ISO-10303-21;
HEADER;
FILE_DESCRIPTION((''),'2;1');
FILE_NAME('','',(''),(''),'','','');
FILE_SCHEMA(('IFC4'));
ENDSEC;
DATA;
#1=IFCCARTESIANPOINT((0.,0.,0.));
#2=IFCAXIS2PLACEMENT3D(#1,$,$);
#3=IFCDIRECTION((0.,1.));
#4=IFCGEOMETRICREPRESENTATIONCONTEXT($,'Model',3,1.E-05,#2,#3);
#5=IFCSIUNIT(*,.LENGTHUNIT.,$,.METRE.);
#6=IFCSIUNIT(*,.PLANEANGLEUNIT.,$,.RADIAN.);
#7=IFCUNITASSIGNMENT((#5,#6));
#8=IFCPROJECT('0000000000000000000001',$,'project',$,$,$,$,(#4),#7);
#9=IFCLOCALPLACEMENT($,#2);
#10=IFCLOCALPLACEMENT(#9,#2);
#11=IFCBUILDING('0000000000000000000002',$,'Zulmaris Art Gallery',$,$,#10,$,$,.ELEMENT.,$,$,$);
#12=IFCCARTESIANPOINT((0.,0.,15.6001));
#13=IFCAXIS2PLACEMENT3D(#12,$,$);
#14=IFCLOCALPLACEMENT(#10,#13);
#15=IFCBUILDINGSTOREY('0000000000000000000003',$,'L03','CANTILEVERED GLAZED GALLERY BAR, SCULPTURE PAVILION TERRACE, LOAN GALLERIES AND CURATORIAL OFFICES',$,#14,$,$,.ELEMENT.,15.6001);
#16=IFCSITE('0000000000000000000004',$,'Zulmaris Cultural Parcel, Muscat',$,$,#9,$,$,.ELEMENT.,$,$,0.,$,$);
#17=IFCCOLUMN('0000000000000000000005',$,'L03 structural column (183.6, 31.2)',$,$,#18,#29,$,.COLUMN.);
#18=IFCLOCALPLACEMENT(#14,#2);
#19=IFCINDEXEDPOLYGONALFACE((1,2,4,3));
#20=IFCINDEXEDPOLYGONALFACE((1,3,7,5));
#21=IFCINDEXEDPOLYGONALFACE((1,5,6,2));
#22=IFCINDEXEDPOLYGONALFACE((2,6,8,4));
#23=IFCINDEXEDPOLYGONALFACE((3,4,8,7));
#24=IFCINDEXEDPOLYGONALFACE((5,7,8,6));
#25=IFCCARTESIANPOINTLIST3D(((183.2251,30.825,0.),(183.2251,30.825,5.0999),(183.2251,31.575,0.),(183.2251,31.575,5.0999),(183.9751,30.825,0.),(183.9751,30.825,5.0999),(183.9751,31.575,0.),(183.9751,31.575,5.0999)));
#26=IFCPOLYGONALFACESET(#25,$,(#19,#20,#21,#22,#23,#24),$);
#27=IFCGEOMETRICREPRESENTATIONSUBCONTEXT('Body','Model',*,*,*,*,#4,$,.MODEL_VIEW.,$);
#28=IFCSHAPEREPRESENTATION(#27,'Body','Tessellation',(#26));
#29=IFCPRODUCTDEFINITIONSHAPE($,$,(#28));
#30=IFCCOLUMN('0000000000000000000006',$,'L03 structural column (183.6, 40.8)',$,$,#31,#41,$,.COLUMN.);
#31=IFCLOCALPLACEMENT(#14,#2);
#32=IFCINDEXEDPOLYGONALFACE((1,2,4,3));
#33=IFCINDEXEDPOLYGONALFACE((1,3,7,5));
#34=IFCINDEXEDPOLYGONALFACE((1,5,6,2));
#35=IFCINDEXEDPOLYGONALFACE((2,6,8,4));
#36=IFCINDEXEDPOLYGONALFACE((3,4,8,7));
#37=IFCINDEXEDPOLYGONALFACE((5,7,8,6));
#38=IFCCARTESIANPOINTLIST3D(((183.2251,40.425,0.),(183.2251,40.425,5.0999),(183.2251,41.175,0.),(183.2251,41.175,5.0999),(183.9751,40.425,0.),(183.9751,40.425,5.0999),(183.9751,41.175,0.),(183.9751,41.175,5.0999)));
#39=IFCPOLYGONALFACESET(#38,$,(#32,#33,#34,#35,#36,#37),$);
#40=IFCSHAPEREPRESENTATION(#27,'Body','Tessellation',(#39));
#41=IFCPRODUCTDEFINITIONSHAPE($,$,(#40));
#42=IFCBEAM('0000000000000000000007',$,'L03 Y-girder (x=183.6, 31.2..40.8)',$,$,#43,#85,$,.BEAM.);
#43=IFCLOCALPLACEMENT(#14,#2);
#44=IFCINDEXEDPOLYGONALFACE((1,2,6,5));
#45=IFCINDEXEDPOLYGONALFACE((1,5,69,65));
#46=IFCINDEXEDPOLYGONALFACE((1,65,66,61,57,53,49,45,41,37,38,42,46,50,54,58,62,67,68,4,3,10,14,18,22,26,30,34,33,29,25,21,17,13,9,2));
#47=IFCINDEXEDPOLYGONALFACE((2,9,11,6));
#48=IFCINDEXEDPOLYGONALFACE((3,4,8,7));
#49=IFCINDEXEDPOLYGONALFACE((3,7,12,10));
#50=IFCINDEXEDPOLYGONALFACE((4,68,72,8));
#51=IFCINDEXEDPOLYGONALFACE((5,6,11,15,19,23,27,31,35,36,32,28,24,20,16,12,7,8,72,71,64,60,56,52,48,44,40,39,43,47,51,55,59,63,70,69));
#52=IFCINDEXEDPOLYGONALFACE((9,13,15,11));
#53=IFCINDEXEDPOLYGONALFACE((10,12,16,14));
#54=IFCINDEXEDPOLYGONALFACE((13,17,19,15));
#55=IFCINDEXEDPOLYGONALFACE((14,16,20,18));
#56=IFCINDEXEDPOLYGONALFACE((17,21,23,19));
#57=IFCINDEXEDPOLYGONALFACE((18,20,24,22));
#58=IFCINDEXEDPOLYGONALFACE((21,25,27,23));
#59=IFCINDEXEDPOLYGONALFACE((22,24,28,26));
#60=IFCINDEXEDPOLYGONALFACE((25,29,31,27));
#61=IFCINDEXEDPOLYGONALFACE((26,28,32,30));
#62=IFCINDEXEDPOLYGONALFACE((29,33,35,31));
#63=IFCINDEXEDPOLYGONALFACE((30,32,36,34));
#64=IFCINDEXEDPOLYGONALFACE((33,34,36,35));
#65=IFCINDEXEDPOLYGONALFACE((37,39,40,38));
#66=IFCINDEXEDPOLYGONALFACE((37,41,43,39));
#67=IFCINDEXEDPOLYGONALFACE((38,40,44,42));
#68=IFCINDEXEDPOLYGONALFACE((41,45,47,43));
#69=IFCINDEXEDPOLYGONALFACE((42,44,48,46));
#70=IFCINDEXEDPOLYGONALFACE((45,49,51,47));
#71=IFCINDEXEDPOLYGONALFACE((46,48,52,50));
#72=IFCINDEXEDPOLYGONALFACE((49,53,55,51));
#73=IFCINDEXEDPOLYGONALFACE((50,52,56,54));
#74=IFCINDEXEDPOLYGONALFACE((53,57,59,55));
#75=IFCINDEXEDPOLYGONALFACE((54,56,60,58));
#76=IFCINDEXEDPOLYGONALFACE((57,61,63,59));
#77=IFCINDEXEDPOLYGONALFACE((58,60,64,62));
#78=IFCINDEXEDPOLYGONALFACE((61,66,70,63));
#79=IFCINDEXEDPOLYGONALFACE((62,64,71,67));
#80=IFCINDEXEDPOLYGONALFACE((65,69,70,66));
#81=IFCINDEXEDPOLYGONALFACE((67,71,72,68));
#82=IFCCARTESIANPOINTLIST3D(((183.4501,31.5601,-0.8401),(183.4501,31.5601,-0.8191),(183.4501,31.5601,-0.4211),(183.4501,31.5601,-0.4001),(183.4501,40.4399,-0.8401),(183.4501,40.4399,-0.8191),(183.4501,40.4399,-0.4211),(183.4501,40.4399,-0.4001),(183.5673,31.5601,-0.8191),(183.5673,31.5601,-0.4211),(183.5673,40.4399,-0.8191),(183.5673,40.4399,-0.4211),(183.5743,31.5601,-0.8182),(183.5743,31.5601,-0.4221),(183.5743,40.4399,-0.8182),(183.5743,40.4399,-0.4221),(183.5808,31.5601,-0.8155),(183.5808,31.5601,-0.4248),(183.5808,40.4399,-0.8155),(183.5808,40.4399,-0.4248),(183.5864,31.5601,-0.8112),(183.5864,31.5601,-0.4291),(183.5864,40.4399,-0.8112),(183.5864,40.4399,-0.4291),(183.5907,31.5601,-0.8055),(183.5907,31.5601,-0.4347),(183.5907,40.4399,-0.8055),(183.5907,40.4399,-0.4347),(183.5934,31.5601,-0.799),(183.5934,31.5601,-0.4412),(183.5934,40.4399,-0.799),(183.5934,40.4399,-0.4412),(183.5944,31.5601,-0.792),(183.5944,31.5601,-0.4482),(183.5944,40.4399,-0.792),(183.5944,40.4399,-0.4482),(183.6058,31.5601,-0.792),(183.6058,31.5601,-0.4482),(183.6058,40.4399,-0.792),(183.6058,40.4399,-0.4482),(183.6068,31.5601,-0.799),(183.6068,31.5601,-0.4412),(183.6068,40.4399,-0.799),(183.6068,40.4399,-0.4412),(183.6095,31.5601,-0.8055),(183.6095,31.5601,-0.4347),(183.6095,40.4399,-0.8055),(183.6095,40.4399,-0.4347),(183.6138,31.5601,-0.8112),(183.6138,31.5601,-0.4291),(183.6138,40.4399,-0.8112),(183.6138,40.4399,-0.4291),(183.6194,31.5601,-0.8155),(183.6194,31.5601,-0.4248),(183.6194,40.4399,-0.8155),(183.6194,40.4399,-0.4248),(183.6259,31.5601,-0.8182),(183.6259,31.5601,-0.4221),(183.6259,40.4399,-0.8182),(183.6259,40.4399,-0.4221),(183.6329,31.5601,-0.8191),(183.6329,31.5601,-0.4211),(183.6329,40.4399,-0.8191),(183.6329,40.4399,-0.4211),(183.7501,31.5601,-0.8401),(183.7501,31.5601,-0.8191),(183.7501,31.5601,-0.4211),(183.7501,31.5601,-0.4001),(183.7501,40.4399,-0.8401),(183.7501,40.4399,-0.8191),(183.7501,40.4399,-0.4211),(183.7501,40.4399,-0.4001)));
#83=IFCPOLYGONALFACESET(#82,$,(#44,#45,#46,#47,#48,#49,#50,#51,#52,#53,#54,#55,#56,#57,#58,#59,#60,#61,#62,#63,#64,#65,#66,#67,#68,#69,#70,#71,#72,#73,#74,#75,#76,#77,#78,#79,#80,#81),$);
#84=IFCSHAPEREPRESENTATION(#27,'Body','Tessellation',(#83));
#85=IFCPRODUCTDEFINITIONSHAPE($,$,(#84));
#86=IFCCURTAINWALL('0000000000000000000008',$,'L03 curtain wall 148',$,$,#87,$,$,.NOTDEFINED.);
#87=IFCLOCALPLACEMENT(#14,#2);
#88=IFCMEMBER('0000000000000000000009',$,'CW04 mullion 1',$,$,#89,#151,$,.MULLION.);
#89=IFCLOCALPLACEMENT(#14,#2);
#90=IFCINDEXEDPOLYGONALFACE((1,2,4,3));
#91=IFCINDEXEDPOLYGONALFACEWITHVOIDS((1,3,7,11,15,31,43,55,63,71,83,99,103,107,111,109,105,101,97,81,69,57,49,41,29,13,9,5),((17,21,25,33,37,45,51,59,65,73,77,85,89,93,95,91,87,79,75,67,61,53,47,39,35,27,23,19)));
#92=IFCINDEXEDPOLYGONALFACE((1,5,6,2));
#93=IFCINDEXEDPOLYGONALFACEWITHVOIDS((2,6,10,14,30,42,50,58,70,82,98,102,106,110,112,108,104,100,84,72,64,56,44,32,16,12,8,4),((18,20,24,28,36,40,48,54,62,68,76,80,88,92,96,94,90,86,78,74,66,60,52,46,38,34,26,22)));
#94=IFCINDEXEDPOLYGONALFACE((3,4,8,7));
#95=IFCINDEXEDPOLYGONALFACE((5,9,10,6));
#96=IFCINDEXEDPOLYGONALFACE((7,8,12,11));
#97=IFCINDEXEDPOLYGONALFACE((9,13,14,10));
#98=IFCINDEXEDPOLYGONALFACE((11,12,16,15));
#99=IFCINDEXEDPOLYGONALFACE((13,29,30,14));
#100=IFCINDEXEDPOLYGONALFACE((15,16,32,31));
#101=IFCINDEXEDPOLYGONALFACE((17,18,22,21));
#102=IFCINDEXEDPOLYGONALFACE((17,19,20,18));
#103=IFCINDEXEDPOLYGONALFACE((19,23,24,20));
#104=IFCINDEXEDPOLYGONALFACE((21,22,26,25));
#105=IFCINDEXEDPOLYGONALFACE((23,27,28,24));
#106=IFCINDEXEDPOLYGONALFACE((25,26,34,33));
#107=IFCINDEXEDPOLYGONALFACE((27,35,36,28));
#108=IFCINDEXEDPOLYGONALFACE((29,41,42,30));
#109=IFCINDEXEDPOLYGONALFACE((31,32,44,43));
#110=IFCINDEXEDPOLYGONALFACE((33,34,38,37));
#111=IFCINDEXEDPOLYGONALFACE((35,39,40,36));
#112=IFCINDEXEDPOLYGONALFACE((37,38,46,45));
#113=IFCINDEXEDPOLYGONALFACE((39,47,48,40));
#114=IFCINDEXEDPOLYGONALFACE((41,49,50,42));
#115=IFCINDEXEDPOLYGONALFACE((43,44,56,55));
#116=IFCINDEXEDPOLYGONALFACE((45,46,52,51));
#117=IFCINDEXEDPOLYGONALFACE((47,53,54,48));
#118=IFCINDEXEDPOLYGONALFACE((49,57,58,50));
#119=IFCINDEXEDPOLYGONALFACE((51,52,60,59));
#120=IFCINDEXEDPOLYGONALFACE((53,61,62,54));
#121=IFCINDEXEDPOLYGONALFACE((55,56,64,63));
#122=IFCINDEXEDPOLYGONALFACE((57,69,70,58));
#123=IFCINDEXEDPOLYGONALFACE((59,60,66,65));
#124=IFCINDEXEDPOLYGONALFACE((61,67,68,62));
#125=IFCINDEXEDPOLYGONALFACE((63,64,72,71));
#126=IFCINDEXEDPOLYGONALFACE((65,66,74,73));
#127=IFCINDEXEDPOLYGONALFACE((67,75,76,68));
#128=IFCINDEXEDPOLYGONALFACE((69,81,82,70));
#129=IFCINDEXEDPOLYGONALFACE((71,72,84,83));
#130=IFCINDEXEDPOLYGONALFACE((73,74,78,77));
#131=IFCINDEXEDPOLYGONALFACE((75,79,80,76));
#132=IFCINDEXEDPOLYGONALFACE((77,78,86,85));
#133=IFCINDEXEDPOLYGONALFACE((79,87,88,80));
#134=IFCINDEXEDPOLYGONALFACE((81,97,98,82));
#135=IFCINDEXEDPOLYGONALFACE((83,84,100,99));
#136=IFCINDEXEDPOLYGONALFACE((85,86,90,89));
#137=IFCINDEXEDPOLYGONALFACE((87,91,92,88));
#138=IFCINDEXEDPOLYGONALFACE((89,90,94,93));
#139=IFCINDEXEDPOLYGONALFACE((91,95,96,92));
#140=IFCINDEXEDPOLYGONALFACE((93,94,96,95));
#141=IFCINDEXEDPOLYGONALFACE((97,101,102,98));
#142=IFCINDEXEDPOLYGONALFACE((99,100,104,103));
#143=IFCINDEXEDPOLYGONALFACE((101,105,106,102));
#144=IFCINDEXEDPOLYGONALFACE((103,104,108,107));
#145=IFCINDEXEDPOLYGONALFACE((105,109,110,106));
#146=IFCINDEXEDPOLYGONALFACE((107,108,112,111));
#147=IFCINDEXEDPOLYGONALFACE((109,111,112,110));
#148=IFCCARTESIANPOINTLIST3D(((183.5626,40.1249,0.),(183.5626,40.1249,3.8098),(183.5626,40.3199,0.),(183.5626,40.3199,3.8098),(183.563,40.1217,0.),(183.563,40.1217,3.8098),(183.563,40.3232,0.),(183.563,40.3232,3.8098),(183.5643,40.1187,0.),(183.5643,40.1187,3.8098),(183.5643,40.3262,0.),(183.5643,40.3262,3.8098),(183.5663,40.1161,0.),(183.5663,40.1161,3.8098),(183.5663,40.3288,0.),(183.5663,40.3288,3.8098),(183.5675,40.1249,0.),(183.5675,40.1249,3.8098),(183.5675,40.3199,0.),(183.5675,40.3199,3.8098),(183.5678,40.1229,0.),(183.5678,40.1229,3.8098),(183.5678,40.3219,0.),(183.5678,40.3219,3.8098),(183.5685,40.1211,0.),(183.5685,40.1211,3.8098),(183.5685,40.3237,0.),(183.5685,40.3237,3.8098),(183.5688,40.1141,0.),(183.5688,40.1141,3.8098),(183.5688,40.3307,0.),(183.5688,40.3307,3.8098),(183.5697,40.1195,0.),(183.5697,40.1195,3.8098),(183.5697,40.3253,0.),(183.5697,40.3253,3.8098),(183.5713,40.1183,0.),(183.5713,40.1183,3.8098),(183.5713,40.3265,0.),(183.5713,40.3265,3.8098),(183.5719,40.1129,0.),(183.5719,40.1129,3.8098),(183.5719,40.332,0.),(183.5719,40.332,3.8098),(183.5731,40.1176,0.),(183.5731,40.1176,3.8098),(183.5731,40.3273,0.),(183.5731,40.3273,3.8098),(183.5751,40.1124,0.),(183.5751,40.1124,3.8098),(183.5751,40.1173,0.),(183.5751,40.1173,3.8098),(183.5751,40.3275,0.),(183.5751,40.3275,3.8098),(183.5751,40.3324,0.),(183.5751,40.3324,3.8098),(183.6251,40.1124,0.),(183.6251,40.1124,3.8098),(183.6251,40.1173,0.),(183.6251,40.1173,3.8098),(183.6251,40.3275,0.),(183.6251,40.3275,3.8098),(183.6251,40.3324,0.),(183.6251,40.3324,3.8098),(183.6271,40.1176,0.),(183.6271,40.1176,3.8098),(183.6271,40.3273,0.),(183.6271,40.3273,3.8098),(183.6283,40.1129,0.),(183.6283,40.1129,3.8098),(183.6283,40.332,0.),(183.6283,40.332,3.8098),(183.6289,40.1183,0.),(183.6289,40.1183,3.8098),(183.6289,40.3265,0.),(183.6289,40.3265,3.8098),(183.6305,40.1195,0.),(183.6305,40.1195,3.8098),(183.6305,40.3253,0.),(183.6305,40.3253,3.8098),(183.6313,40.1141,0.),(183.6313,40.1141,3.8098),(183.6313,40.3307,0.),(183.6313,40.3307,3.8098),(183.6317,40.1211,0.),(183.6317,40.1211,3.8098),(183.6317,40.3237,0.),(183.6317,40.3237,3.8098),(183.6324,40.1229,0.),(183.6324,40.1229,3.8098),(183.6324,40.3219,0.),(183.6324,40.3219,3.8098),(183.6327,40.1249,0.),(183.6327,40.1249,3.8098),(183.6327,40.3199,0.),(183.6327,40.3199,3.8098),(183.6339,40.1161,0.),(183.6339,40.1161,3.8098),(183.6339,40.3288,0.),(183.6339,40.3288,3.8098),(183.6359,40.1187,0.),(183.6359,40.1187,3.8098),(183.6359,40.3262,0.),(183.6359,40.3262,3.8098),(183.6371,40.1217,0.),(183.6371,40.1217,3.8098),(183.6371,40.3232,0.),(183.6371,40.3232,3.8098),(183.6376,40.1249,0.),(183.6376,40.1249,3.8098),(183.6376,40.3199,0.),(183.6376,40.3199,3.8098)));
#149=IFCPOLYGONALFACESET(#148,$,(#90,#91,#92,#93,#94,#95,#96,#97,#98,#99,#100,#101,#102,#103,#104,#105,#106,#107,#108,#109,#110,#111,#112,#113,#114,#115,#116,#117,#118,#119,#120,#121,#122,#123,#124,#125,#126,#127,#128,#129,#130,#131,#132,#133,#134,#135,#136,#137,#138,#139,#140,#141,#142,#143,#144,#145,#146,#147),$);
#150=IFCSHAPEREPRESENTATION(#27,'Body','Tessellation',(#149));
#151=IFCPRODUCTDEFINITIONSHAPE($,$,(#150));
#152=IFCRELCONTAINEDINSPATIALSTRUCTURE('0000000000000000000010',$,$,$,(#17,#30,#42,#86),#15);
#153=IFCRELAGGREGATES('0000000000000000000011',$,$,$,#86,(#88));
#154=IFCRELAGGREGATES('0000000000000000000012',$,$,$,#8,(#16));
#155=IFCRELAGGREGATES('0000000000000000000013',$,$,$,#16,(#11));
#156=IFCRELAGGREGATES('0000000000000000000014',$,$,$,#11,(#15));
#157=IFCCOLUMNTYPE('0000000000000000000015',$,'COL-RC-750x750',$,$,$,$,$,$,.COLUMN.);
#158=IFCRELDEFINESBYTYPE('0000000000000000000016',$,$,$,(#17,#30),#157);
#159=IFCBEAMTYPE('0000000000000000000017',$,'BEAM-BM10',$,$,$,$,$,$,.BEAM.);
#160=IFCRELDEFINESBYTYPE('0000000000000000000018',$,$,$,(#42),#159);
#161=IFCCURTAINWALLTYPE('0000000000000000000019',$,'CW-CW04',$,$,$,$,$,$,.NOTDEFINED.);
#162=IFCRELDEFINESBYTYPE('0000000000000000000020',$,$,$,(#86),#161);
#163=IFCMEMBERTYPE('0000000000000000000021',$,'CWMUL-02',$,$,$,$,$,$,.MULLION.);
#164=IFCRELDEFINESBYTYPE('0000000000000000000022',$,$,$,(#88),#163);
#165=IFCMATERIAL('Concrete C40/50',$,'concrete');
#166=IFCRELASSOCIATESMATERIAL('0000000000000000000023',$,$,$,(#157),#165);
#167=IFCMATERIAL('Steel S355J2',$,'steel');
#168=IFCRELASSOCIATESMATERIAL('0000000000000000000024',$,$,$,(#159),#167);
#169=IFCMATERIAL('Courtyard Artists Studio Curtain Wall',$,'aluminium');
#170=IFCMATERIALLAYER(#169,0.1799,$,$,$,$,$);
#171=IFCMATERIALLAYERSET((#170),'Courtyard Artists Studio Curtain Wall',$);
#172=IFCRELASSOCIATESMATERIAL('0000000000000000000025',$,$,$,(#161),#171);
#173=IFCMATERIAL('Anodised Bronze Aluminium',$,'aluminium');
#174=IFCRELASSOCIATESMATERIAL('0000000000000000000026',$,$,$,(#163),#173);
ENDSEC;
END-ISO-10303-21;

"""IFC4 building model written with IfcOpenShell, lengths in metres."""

from ifc_helpers import new_model, si_unit, direction, frame, origin, origin_2d, place, context, subcontext, project, spatial, rectangle, hollow_rectangle, i_section, extrude, material, layer, layer_set, material_profile, profile_set, type_object, element, aggregate, save


model = new_model("IFC4")

# Units and contexts
model_context = context("Model", 3, precision=1e-05, world=origin(), true_north=direction((0.0, 1.0)))
body_context = subcontext(model_context, "Body", "Model", "MODEL_VIEW")
ifc_project = project(units=[si_unit("LENGTHUNIT", "METRE"), si_unit("PLANEANGLEUNIT", "RADIAN")], contexts=[model_context])

# Site, building, storey
site_placement = place(None, origin())
site = spatial("IfcSite", under=ifc_project, at=site_placement, Name="Zulmaris Cultural Parcel, Muscat", CompositionType="ELEMENT", RefElevation=0.0)
building_placement = place(site_placement, origin())
building = spatial("IfcBuilding", under=site, at=building_placement, Name="Zulmaris Art Gallery", CompositionType="ELEMENT")
storey_placement = place(building_placement, frame((0.0, 0.0, 15.6001)))
storey = spatial("IfcBuildingStorey", under=building, at=storey_placement, Name="L03", Description="CANTILEVERED GLAZED GALLERY BAR, SCULPTURE PAVILION TERRACE, LOAN GALLERIES AND CURATORIAL OFFICES", CompositionType="ELEMENT", Elevation=15.6001)

# Columns
ifc_material_1 = material(Name="Concrete C40/50", Category="concrete")
ifc_material_profile_1 = material_profile(ifc_material_1, rectangle(XDim=0.75, YDim=0.75, at=origin_2d()), Name="RC 750x750")
ifc_profile_set_1 = profile_set([ifc_material_profile_1], Name="Concrete C40/50")
column_type = type_object("IfcColumnType", Name="COL-RC-750x750", PredefinedType="COLUMN", material=ifc_profile_set_1)
for number, where, z_axis, x_axis, name in (
    (1, (183.6001, 31.2, 0.0), (0.0, 0.0, 1.0), (1.0, 0.0, 0.0), "L03 structural column (183.6, 31.2)"),
    (2, (183.6001, 40.8, 0.0), (0.0, 0.0, 1.0), (1.0, 0.0, 0.0), "L03 structural column (183.6, 40.8)"),
):
    element("IfcColumn", number, at=place(storey_placement, frame(where, z_axis=z_axis, x_axis=x_axis)), inside=storey, type_object=column_type, Name=name, PredefinedType="COLUMN", context=body_context, shape_type="SweptSolid", body=[
        extrude(rectangle(XDim=0.75, YDim=0.75, at=origin_2d()), origin(), (0.0, 0.0, 1.0), 5.0999),
    ])

# Beam
ifc_material_2 = material(Name="Steel S355J2", Category="steel")
ifc_material_profile_2 = material_profile(ifc_material_2, i_section(OverallWidth=0.3, OverallDepth=0.4399, WebThickness=0.0115, FlangeThickness=0.021, FilletRadius=0.0271, at=origin_2d()), Name="HEA 450")
ifc_profile_set_2 = profile_set([ifc_material_profile_2], Name="Steel S355J2")
beam_type = type_object("IfcBeamType", Name="BEAM-BM10", PredefinedType="BEAM", material=ifc_profile_set_2)
beam_placement = place(storey_placement, frame((183.6001, 31.5601, -0.6201), z_axis=(0.0, 1.0, 0.0), x_axis=(-1.0, 0.0, 0.0)))
element("IfcBeam", 3, at=beam_placement, inside=storey, type_object=beam_type, Name="L03 Y-girder (x=183.6, 31.2..40.8)", PredefinedType="BEAM", context=body_context, shape_type="SweptSolid", body=[
    extrude(i_section(OverallWidth=0.3, OverallDepth=0.4399, WebThickness=0.0115, FlangeThickness=0.021, FilletRadius=0.0271, at=origin_2d()), origin(), (0.0, 0.0, 1.0), 8.8799),
])

# Curtain wall, member
ifc_material_3 = material(Name="Courtyard Artists Studio Curtain Wall", Category="aluminium")
ifc_layer_1 = layer(ifc_material_3, 0.1799)
ifc_layer_set_1 = layer_set([ifc_layer_1], Name="Courtyard Artists Studio Curtain Wall")
curtain_wall_type = type_object("IfcCurtainWallType", Name="CW-CW04", PredefinedType="NOTDEFINED", material=ifc_layer_set_1)
curtain_wall_1_placement = place(storey_placement, origin())
curtain_wall_1 = element("IfcCurtainWall", 4, at=curtain_wall_1_placement, inside=storey, type_object=curtain_wall_type, Name="L03 curtain wall 148", PredefinedType="NOTDEFINED")
ifc_material_4 = material(Name="Anodised Bronze Aluminium", Category="aluminium")
ifc_material_profile_3 = material_profile(ifc_material_4, hollow_rectangle(XDim=0.075, YDim=0.22, WallThickness=0.0049, InnerFilletRadius=0.0076, OuterFilletRadius=0.0125, at=origin_2d()), Name="ALU 75x220x5")
ifc_profile_set_3 = profile_set([ifc_material_profile_3], Name="Anodised Bronze Aluminium")
member_type_1 = type_object("IfcMemberType", Name="CWMUL-02", PredefinedType="MULLION", material=ifc_profile_set_3)
member_1_placement = place(storey_placement, frame((183.6001, 40.2224, 0.0), z_axis=(0.0, 0.0, 1.0), x_axis=(1.0, 0.0, 0.0)))
member_1 = element("IfcMember", 5, at=member_1_placement, type_object=member_type_1, Name="CW04 mullion 1", PredefinedType="MULLION", context=body_context, shape_type="SweptSolid", body=[
    extrude(hollow_rectangle(XDim=0.075, YDim=0.22, WallThickness=0.0049, InnerFilletRadius=0.0076, OuterFilletRadius=0.0125, at=origin_2d()), origin(), (0.0, 0.0, 1.0), 3.8098),
])

aggregate(curtain_wall_1, [member_1])

save(model, "model.ifc")
